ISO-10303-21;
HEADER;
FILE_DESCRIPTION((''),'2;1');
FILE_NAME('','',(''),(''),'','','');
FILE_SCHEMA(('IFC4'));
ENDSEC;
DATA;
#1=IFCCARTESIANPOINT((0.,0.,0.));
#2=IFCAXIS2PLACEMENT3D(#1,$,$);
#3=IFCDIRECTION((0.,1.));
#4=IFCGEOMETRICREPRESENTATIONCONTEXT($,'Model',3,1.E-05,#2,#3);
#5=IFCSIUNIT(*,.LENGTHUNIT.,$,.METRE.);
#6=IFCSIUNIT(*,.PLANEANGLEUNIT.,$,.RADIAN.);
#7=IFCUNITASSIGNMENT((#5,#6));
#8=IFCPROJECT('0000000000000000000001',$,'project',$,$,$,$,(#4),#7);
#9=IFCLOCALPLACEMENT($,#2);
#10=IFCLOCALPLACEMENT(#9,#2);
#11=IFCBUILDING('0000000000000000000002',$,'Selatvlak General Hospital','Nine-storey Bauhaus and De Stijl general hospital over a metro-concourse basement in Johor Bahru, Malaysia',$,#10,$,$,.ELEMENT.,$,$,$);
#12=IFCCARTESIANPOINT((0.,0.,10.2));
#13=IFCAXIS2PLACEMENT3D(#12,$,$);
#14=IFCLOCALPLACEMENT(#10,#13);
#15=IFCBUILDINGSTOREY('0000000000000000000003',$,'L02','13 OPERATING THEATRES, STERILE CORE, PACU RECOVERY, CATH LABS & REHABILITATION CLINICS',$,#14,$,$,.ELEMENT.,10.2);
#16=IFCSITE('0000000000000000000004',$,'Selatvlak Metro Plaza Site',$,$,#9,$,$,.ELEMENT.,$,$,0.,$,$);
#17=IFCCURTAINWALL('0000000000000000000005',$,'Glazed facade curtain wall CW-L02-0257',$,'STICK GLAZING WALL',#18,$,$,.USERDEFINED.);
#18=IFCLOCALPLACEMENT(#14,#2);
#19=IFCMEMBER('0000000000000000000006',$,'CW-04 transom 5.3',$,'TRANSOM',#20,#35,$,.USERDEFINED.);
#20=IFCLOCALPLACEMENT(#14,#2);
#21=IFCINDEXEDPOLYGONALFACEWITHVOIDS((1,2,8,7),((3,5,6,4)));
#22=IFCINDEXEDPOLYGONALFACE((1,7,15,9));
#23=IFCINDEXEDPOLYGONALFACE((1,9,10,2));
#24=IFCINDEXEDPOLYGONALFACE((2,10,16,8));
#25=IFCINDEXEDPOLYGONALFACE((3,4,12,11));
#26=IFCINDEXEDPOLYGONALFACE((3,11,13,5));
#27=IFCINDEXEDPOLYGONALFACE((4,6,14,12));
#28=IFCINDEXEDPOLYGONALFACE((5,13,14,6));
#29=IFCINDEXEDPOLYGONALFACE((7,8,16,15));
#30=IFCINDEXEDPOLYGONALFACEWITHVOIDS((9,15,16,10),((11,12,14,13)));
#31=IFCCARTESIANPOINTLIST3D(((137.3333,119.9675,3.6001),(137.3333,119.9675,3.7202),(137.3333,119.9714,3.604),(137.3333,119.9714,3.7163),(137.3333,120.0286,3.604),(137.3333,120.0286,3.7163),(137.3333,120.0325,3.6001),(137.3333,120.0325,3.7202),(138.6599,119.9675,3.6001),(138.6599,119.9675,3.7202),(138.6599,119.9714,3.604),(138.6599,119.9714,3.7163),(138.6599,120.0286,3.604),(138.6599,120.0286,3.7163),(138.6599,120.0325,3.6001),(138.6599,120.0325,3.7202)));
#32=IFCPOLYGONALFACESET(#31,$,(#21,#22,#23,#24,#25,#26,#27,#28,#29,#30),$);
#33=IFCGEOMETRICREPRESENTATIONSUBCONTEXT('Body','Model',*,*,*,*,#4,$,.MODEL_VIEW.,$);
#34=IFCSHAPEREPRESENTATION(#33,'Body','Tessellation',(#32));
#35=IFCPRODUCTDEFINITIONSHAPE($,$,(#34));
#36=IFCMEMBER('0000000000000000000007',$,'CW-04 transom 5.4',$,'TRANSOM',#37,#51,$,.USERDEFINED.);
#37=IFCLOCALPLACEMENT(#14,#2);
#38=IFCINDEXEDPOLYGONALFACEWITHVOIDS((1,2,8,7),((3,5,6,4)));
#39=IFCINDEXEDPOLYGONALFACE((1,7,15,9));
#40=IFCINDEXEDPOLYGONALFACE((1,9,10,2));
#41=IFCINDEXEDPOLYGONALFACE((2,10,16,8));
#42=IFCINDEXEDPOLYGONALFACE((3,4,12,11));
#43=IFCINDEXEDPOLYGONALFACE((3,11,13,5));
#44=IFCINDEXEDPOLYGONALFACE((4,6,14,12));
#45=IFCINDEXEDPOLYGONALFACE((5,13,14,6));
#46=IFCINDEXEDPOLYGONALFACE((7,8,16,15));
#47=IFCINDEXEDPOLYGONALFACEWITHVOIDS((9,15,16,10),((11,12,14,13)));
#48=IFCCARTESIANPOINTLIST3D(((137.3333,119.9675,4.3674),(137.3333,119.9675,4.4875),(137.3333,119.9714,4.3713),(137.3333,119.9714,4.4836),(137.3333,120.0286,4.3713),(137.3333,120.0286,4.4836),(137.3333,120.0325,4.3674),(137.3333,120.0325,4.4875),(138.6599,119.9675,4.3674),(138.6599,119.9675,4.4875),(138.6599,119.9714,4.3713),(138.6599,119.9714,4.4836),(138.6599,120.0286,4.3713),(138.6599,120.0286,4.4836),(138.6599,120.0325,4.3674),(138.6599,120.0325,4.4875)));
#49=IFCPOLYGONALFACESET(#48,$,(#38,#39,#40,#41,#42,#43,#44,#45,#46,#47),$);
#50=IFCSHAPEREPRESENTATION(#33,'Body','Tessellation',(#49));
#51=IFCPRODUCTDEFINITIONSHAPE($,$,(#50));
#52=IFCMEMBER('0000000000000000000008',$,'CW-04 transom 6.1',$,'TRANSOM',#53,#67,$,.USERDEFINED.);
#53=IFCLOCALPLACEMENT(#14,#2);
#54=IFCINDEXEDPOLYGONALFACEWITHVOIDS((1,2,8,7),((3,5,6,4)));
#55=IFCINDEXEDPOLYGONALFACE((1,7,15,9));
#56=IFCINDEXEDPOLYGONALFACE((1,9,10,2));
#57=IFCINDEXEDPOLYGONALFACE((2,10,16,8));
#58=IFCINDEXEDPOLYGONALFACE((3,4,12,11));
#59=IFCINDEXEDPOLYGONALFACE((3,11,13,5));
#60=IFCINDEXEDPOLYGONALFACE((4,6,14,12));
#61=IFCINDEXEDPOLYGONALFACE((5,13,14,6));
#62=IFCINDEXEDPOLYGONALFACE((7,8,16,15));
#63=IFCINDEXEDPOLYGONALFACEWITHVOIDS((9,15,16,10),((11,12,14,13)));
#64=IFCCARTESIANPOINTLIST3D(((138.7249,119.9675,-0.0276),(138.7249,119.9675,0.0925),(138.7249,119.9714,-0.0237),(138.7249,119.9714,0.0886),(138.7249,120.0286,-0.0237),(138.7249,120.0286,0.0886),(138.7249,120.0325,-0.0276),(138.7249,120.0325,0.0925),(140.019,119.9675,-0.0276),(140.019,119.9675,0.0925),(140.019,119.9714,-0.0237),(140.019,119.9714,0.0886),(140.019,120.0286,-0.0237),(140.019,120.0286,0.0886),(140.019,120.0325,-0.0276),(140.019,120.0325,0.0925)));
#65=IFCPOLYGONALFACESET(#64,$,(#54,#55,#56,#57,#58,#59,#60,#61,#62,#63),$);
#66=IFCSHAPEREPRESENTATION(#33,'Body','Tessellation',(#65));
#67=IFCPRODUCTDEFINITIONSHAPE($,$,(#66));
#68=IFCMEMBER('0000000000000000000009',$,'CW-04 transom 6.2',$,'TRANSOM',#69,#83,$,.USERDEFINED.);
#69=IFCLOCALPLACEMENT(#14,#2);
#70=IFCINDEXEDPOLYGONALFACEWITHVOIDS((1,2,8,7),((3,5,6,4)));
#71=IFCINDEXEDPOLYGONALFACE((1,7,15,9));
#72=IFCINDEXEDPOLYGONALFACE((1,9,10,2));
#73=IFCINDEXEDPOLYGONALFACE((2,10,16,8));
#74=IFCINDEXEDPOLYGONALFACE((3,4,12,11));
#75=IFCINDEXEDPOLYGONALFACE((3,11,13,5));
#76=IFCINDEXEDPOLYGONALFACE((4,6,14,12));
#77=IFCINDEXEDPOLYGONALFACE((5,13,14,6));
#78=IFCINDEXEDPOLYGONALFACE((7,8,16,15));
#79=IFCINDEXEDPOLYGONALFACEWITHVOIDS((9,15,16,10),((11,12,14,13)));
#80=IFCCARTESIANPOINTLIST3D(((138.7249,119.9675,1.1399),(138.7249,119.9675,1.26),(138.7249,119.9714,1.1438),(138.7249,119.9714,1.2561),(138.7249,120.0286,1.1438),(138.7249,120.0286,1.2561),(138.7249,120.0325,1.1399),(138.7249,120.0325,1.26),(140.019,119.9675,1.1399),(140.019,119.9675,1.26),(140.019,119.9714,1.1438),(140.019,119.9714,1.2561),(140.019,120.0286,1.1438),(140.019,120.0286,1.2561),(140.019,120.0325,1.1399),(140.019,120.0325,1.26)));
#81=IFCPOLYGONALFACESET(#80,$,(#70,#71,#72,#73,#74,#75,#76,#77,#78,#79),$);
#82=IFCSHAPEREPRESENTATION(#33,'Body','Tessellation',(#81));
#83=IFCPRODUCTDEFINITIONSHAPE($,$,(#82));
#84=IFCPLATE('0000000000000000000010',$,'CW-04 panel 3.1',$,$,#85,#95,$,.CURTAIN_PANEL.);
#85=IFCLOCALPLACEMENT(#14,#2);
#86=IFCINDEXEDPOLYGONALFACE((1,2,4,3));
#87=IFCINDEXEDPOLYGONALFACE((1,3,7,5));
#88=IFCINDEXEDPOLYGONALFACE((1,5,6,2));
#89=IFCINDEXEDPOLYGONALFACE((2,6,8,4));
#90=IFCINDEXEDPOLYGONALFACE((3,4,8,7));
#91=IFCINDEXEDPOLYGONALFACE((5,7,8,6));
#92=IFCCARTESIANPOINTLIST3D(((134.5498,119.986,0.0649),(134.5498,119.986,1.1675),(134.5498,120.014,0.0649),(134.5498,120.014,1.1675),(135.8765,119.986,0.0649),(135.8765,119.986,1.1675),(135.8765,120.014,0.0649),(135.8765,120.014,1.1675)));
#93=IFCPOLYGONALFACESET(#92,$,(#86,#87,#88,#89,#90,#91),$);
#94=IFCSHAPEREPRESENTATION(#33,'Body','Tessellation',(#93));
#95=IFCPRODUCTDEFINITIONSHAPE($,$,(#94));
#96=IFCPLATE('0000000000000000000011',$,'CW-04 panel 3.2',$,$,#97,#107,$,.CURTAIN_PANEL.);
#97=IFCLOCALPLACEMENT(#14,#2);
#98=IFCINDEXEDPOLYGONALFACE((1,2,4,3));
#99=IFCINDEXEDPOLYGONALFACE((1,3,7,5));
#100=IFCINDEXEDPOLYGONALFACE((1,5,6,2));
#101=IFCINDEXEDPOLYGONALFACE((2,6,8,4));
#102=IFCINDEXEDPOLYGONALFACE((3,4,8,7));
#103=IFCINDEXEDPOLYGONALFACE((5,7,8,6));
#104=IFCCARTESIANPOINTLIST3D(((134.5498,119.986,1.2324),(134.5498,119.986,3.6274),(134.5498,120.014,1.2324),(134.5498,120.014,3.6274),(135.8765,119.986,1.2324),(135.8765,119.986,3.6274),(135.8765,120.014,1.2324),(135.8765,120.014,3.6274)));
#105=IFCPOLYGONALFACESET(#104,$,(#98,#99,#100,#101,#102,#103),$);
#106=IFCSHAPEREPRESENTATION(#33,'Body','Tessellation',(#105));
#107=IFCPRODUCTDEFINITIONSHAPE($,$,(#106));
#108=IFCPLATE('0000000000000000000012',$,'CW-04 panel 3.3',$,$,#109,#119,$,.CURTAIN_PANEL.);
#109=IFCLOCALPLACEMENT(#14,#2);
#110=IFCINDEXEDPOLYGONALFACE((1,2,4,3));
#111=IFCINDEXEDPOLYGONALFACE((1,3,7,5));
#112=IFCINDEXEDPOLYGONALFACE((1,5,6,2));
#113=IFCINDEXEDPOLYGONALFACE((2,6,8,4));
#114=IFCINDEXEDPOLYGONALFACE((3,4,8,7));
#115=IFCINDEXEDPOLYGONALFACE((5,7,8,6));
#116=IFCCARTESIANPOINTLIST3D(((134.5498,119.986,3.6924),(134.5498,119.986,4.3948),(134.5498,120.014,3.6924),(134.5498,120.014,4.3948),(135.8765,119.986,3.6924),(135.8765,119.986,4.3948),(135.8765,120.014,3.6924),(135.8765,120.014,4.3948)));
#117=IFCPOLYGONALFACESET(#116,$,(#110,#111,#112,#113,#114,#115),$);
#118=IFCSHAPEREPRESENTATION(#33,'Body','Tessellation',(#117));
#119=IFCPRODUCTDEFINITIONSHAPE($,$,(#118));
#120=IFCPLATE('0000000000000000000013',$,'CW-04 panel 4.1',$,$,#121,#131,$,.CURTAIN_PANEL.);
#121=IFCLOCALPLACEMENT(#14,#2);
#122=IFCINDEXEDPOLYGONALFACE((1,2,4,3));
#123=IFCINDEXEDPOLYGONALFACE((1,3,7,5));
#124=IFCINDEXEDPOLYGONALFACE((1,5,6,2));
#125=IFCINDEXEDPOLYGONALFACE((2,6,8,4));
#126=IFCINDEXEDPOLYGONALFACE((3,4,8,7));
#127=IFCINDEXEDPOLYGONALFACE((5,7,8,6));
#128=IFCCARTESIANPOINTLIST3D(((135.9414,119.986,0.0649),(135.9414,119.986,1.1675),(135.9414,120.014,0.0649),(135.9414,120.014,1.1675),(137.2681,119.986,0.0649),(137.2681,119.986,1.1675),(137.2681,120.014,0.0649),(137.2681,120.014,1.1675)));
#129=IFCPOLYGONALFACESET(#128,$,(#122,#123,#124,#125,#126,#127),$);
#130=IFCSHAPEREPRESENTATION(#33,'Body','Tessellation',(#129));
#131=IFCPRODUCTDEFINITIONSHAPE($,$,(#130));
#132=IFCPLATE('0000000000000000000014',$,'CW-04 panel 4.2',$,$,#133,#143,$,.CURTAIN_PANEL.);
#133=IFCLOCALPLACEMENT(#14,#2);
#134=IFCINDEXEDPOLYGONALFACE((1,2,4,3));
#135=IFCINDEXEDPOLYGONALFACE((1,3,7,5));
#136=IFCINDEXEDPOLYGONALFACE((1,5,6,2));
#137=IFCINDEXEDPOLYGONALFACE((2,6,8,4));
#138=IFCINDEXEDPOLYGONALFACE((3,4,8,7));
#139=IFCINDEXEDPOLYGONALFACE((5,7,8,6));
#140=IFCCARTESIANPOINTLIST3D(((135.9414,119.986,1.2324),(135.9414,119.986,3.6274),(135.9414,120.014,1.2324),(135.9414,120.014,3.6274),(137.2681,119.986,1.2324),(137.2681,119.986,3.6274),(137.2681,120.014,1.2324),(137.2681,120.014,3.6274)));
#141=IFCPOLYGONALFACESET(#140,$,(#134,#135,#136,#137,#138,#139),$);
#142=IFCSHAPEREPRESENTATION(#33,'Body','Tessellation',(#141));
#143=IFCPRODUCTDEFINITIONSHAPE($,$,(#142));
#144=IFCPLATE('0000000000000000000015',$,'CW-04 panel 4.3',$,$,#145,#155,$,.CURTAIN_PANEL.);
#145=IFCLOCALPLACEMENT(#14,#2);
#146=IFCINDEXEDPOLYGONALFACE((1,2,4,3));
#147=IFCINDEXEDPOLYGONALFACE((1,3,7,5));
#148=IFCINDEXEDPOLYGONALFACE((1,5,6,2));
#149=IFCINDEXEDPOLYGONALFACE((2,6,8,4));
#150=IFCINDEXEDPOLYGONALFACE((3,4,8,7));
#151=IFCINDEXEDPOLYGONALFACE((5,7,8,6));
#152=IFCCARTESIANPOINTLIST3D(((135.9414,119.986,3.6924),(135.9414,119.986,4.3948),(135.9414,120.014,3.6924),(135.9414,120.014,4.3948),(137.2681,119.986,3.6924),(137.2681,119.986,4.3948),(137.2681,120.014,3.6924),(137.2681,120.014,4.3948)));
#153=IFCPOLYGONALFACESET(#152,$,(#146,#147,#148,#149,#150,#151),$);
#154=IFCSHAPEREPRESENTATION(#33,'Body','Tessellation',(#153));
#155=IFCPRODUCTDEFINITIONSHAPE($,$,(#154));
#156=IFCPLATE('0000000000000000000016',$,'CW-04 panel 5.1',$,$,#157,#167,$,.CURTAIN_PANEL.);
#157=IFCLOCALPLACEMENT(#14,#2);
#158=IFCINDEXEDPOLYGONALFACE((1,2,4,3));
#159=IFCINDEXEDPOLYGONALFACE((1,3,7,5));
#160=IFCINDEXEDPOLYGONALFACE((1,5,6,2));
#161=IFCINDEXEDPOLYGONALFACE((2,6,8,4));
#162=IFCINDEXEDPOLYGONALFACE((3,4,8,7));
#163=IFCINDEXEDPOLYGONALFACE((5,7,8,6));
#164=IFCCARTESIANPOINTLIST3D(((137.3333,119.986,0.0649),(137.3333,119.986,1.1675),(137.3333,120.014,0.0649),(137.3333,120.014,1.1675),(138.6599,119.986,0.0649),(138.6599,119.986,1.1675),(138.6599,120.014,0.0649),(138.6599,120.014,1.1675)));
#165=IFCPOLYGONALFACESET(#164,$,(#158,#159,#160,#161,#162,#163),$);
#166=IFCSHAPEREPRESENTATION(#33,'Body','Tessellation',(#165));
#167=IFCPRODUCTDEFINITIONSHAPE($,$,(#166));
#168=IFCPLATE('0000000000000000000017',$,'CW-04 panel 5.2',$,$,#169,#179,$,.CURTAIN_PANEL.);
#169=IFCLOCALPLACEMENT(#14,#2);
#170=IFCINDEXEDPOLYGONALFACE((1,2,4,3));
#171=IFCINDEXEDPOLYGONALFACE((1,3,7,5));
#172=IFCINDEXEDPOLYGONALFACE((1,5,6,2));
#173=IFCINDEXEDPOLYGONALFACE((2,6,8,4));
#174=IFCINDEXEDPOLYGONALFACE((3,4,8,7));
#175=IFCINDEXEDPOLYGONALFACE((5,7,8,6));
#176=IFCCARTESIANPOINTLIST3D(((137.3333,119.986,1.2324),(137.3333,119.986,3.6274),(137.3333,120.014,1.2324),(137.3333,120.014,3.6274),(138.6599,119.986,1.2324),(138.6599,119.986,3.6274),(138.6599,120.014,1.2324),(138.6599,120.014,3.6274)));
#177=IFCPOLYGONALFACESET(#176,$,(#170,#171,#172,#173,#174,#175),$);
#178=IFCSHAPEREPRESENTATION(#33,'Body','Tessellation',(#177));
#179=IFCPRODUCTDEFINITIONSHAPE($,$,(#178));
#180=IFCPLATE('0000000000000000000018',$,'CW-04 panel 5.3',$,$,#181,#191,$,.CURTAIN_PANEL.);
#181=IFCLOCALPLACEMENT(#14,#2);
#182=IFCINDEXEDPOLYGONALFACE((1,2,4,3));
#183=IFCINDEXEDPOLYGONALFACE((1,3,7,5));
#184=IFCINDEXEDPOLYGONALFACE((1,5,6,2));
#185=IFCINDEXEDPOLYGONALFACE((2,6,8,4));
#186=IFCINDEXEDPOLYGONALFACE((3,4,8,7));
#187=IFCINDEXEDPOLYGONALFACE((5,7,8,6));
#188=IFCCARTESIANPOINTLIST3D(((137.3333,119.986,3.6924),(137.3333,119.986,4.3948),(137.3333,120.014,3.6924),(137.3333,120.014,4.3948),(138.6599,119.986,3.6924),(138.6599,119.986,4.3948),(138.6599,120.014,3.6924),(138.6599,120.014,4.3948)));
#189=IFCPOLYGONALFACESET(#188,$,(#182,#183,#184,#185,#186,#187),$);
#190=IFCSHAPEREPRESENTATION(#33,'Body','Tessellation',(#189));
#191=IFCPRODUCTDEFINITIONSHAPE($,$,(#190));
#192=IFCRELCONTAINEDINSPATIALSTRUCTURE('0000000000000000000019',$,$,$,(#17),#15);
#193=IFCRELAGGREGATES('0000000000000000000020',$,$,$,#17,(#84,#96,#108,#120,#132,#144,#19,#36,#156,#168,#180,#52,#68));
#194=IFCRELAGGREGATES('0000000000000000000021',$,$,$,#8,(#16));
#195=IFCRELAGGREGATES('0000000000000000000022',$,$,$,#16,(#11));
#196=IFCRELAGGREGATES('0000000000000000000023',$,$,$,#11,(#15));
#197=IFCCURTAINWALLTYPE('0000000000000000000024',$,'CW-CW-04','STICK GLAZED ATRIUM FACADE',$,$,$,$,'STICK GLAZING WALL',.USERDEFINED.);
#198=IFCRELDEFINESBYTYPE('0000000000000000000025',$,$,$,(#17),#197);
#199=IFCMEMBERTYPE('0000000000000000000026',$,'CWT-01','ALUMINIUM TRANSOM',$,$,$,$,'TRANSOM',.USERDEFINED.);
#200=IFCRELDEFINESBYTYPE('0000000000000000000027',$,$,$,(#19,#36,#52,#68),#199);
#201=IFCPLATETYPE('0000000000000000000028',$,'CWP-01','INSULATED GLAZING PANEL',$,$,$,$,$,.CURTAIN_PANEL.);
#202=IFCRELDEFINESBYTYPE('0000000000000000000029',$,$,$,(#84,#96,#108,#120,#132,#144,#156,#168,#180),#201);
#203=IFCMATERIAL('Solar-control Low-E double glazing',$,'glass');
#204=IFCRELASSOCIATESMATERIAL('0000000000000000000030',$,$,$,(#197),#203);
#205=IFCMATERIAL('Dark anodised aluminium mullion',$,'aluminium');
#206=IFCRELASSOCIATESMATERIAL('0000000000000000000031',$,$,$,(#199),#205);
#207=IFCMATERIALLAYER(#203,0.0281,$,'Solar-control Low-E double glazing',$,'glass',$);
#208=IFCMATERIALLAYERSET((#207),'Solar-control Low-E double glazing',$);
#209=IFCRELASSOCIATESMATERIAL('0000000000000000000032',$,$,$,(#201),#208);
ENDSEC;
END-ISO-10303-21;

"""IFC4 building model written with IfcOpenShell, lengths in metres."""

from ifc_helpers import new_model, si_unit, direction, frame, origin, origin_2d, place, context, subcontext, project, spatial, rectangle, hollow_rectangle, extrude, material, layer, layer_set, material_profile, profile_set, type_object, element, aggregate, save


model = new_model("IFC4")

# Units and contexts
model_context = context("Model", 3, precision=1e-05, world=origin(), true_north=direction((0.0, 1.0)))
body_context = subcontext(model_context, "Body", "Model", "MODEL_VIEW")
ifc_project = project(units=[si_unit("LENGTHUNIT", "METRE"), si_unit("PLANEANGLEUNIT", "RADIAN")], contexts=[model_context])

# Site, building, storey
site_placement = place(None, origin())
site = spatial("IfcSite", under=ifc_project, at=site_placement, Name="Selatvlak Metro Plaza Site", CompositionType="ELEMENT", RefElevation=0.0)
building_placement = place(site_placement, origin())
building = spatial("IfcBuilding", under=site, at=building_placement, Name="Selatvlak General Hospital", Description="Nine-storey Bauhaus and De Stijl general hospital over a metro-concourse basement in Johor Bahru, Malaysia", CompositionType="ELEMENT")
storey_placement = place(building_placement, frame((0.0, 0.0, 10.2)))
storey = spatial("IfcBuildingStorey", under=building, at=storey_placement, Name="L02", Description="13 OPERATING THEATRES, STERILE CORE, PACU RECOVERY, CATH LABS & REHABILITATION CLINICS", CompositionType="ELEMENT", Elevation=10.2)

# Curtain wall, members, plates
ifc_material_1 = material(Name="Solar-control Low-E double glazing", Category="glass")
curtain_wall_type = type_object("IfcCurtainWallType", Name="CW-CW-04", Description="STICK GLAZED ATRIUM FACADE", ElementType="STICK GLAZING WALL", PredefinedType="USERDEFINED", material=ifc_material_1)
curtain_wall_placement = place(storey_placement, origin())
curtain_wall = element("IfcCurtainWall", 1, at=curtain_wall_placement, inside=storey, type_object=curtain_wall_type, Name="Glazed facade curtain wall CW-L02-0257", ObjectType="STICK GLAZING WALL", PredefinedType="USERDEFINED")
ifc_material_2 = material(Name="Dark anodised aluminium mullion", Category="aluminium")
ifc_material_profile_1 = material_profile(ifc_material_2, hollow_rectangle(XDim=0.0649, YDim=0.1201, WallThickness=0.0039, at=origin_2d()), Name="AL-TRN 65x120x4")
ifc_profile_set_1 = profile_set([ifc_material_profile_1], Name="Dark anodised aluminium mullion")
member_type_1 = type_object("IfcMemberType", Name="CWT-01", Description="ALUMINIUM TRANSOM", ElementType="TRANSOM", PredefinedType="USERDEFINED", material=ifc_profile_set_1)
member_1_placement = place(storey_placement, frame((137.3333, 120.0, 3.6602), z_axis=(1.0, 0.0, 0.0), x_axis=(0.0, 1.0, 0.0)))
member_1 = element("IfcMember", 2, at=member_1_placement, type_object=member_type_1, Name="CW-04 transom 5.3", ObjectType="TRANSOM", PredefinedType="USERDEFINED", context=body_context, shape_type="SweptSolid", body=[
    extrude(hollow_rectangle(XDim=0.0649, YDim=0.1201, WallThickness=0.0039, at=origin_2d()), origin(), (0.0, 0.0, 1.0), 1.3267),
])
member_2_placement = place(storey_placement, frame((137.3333, 120.0, 4.4275), z_axis=(1.0, 0.0, 0.0), x_axis=(0.0, 1.0, 0.0)))
member_2 = element("IfcMember", 3, at=member_2_placement, type_object=member_type_1, Name="CW-04 transom 5.4", ObjectType="TRANSOM", PredefinedType="USERDEFINED", context=body_context, shape_type="SweptSolid", body=[
    extrude(hollow_rectangle(XDim=0.0649, YDim=0.1201, WallThickness=0.0039, at=origin_2d()), origin(), (0.0, 0.0, 1.0), 1.3267),
])
member_3_placement = place(storey_placement, frame((138.7249, 120.0, 0.0325), z_axis=(1.0, 0.0, 0.0), x_axis=(0.0, 1.0, 0.0)))
member_3 = element("IfcMember", 4, at=member_3_placement, type_object=member_type_1, Name="CW-04 transom 6.1", ObjectType="TRANSOM", PredefinedType="USERDEFINED", context=body_context, shape_type="SweptSolid", body=[
    extrude(hollow_rectangle(XDim=0.0649, YDim=0.1201, WallThickness=0.0039, at=origin_2d()), origin(), (0.0, 0.0, 1.0), 1.2942),
])
member_4_placement = place(storey_placement, frame((138.7249, 120.0, 1.2), z_axis=(1.0, 0.0, 0.0), x_axis=(0.0, 1.0, 0.0)))
member_4 = element("IfcMember", 5, at=member_4_placement, type_object=member_type_1, Name="CW-04 transom 6.2", ObjectType="TRANSOM", PredefinedType="USERDEFINED", context=body_context, shape_type="SweptSolid", body=[
    extrude(hollow_rectangle(XDim=0.0649, YDim=0.1201, WallThickness=0.0039, at=origin_2d()), origin(), (0.0, 0.0, 1.0), 1.2942),
])
ifc_layer = layer(ifc_material_1, 0.0281, Name="Solar-control Low-E double glazing", Category="glass")
ifc_layer_set = layer_set([ifc_layer], Name="Solar-control Low-E double glazing")
plate_type = type_object("IfcPlateType", Name="CWP-01", Description="INSULATED GLAZING PANEL", PredefinedType="CURTAIN_PANEL", material=ifc_layer_set)
plate_1_placement = place(storey_placement, frame((135.2131, 120.0, 0.0649), z_axis=(0.0, 0.0, 1.0), x_axis=(1.0, 0.0, 0.0)))
plate_1 = element("IfcPlate", 6, at=plate_1_placement, type_object=plate_type, Name="CW-04 panel 3.1", PredefinedType="CURTAIN_PANEL", context=body_context, shape_type="SweptSolid", body=[
    extrude(rectangle(XDim=1.3267, YDim=0.0281, at=origin_2d()), origin(), (0.0, 0.0, 1.0), 1.1025),
])
plate_2_placement = place(storey_placement, frame((135.2131, 120.0, 1.2324), z_axis=(0.0, 0.0, 1.0), x_axis=(1.0, 0.0, 0.0)))
plate_2 = element("IfcPlate", 7, at=plate_2_placement, type_object=plate_type, Name="CW-04 panel 3.2", PredefinedType="CURTAIN_PANEL", context=body_context, shape_type="SweptSolid", body=[
    extrude(rectangle(XDim=1.3267, YDim=0.0281, at=origin_2d()), origin(), (0.0, 0.0, 1.0), 2.395),
])
plate_3_placement = place(storey_placement, frame((135.2131, 120.0, 3.6924), z_axis=(0.0, 0.0, 1.0), x_axis=(1.0, 0.0, 0.0)))
plate_3 = element("IfcPlate", 8, at=plate_3_placement, type_object=plate_type, Name="CW-04 panel 3.3", PredefinedType="CURTAIN_PANEL", context=body_context, shape_type="SweptSolid", body=[
    extrude(rectangle(XDim=1.3267, YDim=0.0281, at=origin_2d()), origin(), (0.0, 0.0, 1.0), 0.7024),
])
plate_4_placement = place(storey_placement, frame((136.6047, 120.0, 0.0649), z_axis=(0.0, 0.0, 1.0), x_axis=(1.0, 0.0, 0.0)))
plate_4 = element("IfcPlate", 9, at=plate_4_placement, type_object=plate_type, Name="CW-04 panel 4.1", PredefinedType="CURTAIN_PANEL", context=body_context, shape_type="SweptSolid", body=[
    extrude(rectangle(XDim=1.3267, YDim=0.0281, at=origin_2d()), origin(), (0.0, 0.0, 1.0), 1.1025),
])
plate_5_placement = place(storey_placement, frame((136.6047, 120.0, 1.2324), z_axis=(0.0, 0.0, 1.0), x_axis=(1.0, 0.0, 0.0)))
plate_5 = element("IfcPlate", 10, at=plate_5_placement, type_object=plate_type, Name="CW-04 panel 4.2", PredefinedType="CURTAIN_PANEL", context=body_context, shape_type="SweptSolid", body=[
    extrude(rectangle(XDim=1.3267, YDim=0.0281, at=origin_2d()), origin(), (0.0, 0.0, 1.0), 2.395),
])
plate_6_placement = place(storey_placement, frame((136.6047, 120.0, 3.6924), z_axis=(0.0, 0.0, 1.0), x_axis=(1.0, 0.0, 0.0)))
plate_6 = element("IfcPlate", 11, at=plate_6_placement, type_object=plate_type, Name="CW-04 panel 4.3", PredefinedType="CURTAIN_PANEL", context=body_context, shape_type="SweptSolid", body=[
    extrude(rectangle(XDim=1.3267, YDim=0.0281, at=origin_2d()), origin(), (0.0, 0.0, 1.0), 0.7024),
])
plate_7_placement = place(storey_placement, frame((137.9966, 120.0, 0.0649), z_axis=(0.0, 0.0, 1.0), x_axis=(1.0, 0.0, 0.0)))
plate_7 = element("IfcPlate", 12, at=plate_7_placement, type_object=plate_type, Name="CW-04 panel 5.1", PredefinedType="CURTAIN_PANEL", context=body_context, shape_type="SweptSolid", body=[
    extrude(rectangle(XDim=1.3267, YDim=0.0281, at=origin_2d()), origin(), (0.0, 0.0, 1.0), 1.1025),
])
plate_8_placement = place(storey_placement, frame((137.9966, 120.0, 1.2324), z_axis=(0.0, 0.0, 1.0), x_axis=(1.0, 0.0, 0.0)))
plate_8 = element("IfcPlate", 13, at=plate_8_placement, type_object=plate_type, Name="CW-04 panel 5.2", PredefinedType="CURTAIN_PANEL", context=body_context, shape_type="SweptSolid", body=[
    extrude(rectangle(XDim=1.3267, YDim=0.0281, at=origin_2d()), origin(), (0.0, 0.0, 1.0), 2.395),
])
plate_9_placement = place(storey_placement, frame((137.9966, 120.0, 3.6924), z_axis=(0.0, 0.0, 1.0), x_axis=(1.0, 0.0, 0.0)))
plate_9 = element("IfcPlate", 14, at=plate_9_placement, type_object=plate_type, Name="CW-04 panel 5.3", PredefinedType="CURTAIN_PANEL", context=body_context, shape_type="SweptSolid", body=[
    extrude(rectangle(XDim=1.3267, YDim=0.0281, at=origin_2d()), origin(), (0.0, 0.0, 1.0), 0.7024),
])
aggregate(curtain_wall, [plate_1, plate_2, plate_3, plate_4, plate_5, plate_6, member_1, member_2, plate_7, plate_8, plate_9, member_3, member_4])

save(model, "model.ifc")
